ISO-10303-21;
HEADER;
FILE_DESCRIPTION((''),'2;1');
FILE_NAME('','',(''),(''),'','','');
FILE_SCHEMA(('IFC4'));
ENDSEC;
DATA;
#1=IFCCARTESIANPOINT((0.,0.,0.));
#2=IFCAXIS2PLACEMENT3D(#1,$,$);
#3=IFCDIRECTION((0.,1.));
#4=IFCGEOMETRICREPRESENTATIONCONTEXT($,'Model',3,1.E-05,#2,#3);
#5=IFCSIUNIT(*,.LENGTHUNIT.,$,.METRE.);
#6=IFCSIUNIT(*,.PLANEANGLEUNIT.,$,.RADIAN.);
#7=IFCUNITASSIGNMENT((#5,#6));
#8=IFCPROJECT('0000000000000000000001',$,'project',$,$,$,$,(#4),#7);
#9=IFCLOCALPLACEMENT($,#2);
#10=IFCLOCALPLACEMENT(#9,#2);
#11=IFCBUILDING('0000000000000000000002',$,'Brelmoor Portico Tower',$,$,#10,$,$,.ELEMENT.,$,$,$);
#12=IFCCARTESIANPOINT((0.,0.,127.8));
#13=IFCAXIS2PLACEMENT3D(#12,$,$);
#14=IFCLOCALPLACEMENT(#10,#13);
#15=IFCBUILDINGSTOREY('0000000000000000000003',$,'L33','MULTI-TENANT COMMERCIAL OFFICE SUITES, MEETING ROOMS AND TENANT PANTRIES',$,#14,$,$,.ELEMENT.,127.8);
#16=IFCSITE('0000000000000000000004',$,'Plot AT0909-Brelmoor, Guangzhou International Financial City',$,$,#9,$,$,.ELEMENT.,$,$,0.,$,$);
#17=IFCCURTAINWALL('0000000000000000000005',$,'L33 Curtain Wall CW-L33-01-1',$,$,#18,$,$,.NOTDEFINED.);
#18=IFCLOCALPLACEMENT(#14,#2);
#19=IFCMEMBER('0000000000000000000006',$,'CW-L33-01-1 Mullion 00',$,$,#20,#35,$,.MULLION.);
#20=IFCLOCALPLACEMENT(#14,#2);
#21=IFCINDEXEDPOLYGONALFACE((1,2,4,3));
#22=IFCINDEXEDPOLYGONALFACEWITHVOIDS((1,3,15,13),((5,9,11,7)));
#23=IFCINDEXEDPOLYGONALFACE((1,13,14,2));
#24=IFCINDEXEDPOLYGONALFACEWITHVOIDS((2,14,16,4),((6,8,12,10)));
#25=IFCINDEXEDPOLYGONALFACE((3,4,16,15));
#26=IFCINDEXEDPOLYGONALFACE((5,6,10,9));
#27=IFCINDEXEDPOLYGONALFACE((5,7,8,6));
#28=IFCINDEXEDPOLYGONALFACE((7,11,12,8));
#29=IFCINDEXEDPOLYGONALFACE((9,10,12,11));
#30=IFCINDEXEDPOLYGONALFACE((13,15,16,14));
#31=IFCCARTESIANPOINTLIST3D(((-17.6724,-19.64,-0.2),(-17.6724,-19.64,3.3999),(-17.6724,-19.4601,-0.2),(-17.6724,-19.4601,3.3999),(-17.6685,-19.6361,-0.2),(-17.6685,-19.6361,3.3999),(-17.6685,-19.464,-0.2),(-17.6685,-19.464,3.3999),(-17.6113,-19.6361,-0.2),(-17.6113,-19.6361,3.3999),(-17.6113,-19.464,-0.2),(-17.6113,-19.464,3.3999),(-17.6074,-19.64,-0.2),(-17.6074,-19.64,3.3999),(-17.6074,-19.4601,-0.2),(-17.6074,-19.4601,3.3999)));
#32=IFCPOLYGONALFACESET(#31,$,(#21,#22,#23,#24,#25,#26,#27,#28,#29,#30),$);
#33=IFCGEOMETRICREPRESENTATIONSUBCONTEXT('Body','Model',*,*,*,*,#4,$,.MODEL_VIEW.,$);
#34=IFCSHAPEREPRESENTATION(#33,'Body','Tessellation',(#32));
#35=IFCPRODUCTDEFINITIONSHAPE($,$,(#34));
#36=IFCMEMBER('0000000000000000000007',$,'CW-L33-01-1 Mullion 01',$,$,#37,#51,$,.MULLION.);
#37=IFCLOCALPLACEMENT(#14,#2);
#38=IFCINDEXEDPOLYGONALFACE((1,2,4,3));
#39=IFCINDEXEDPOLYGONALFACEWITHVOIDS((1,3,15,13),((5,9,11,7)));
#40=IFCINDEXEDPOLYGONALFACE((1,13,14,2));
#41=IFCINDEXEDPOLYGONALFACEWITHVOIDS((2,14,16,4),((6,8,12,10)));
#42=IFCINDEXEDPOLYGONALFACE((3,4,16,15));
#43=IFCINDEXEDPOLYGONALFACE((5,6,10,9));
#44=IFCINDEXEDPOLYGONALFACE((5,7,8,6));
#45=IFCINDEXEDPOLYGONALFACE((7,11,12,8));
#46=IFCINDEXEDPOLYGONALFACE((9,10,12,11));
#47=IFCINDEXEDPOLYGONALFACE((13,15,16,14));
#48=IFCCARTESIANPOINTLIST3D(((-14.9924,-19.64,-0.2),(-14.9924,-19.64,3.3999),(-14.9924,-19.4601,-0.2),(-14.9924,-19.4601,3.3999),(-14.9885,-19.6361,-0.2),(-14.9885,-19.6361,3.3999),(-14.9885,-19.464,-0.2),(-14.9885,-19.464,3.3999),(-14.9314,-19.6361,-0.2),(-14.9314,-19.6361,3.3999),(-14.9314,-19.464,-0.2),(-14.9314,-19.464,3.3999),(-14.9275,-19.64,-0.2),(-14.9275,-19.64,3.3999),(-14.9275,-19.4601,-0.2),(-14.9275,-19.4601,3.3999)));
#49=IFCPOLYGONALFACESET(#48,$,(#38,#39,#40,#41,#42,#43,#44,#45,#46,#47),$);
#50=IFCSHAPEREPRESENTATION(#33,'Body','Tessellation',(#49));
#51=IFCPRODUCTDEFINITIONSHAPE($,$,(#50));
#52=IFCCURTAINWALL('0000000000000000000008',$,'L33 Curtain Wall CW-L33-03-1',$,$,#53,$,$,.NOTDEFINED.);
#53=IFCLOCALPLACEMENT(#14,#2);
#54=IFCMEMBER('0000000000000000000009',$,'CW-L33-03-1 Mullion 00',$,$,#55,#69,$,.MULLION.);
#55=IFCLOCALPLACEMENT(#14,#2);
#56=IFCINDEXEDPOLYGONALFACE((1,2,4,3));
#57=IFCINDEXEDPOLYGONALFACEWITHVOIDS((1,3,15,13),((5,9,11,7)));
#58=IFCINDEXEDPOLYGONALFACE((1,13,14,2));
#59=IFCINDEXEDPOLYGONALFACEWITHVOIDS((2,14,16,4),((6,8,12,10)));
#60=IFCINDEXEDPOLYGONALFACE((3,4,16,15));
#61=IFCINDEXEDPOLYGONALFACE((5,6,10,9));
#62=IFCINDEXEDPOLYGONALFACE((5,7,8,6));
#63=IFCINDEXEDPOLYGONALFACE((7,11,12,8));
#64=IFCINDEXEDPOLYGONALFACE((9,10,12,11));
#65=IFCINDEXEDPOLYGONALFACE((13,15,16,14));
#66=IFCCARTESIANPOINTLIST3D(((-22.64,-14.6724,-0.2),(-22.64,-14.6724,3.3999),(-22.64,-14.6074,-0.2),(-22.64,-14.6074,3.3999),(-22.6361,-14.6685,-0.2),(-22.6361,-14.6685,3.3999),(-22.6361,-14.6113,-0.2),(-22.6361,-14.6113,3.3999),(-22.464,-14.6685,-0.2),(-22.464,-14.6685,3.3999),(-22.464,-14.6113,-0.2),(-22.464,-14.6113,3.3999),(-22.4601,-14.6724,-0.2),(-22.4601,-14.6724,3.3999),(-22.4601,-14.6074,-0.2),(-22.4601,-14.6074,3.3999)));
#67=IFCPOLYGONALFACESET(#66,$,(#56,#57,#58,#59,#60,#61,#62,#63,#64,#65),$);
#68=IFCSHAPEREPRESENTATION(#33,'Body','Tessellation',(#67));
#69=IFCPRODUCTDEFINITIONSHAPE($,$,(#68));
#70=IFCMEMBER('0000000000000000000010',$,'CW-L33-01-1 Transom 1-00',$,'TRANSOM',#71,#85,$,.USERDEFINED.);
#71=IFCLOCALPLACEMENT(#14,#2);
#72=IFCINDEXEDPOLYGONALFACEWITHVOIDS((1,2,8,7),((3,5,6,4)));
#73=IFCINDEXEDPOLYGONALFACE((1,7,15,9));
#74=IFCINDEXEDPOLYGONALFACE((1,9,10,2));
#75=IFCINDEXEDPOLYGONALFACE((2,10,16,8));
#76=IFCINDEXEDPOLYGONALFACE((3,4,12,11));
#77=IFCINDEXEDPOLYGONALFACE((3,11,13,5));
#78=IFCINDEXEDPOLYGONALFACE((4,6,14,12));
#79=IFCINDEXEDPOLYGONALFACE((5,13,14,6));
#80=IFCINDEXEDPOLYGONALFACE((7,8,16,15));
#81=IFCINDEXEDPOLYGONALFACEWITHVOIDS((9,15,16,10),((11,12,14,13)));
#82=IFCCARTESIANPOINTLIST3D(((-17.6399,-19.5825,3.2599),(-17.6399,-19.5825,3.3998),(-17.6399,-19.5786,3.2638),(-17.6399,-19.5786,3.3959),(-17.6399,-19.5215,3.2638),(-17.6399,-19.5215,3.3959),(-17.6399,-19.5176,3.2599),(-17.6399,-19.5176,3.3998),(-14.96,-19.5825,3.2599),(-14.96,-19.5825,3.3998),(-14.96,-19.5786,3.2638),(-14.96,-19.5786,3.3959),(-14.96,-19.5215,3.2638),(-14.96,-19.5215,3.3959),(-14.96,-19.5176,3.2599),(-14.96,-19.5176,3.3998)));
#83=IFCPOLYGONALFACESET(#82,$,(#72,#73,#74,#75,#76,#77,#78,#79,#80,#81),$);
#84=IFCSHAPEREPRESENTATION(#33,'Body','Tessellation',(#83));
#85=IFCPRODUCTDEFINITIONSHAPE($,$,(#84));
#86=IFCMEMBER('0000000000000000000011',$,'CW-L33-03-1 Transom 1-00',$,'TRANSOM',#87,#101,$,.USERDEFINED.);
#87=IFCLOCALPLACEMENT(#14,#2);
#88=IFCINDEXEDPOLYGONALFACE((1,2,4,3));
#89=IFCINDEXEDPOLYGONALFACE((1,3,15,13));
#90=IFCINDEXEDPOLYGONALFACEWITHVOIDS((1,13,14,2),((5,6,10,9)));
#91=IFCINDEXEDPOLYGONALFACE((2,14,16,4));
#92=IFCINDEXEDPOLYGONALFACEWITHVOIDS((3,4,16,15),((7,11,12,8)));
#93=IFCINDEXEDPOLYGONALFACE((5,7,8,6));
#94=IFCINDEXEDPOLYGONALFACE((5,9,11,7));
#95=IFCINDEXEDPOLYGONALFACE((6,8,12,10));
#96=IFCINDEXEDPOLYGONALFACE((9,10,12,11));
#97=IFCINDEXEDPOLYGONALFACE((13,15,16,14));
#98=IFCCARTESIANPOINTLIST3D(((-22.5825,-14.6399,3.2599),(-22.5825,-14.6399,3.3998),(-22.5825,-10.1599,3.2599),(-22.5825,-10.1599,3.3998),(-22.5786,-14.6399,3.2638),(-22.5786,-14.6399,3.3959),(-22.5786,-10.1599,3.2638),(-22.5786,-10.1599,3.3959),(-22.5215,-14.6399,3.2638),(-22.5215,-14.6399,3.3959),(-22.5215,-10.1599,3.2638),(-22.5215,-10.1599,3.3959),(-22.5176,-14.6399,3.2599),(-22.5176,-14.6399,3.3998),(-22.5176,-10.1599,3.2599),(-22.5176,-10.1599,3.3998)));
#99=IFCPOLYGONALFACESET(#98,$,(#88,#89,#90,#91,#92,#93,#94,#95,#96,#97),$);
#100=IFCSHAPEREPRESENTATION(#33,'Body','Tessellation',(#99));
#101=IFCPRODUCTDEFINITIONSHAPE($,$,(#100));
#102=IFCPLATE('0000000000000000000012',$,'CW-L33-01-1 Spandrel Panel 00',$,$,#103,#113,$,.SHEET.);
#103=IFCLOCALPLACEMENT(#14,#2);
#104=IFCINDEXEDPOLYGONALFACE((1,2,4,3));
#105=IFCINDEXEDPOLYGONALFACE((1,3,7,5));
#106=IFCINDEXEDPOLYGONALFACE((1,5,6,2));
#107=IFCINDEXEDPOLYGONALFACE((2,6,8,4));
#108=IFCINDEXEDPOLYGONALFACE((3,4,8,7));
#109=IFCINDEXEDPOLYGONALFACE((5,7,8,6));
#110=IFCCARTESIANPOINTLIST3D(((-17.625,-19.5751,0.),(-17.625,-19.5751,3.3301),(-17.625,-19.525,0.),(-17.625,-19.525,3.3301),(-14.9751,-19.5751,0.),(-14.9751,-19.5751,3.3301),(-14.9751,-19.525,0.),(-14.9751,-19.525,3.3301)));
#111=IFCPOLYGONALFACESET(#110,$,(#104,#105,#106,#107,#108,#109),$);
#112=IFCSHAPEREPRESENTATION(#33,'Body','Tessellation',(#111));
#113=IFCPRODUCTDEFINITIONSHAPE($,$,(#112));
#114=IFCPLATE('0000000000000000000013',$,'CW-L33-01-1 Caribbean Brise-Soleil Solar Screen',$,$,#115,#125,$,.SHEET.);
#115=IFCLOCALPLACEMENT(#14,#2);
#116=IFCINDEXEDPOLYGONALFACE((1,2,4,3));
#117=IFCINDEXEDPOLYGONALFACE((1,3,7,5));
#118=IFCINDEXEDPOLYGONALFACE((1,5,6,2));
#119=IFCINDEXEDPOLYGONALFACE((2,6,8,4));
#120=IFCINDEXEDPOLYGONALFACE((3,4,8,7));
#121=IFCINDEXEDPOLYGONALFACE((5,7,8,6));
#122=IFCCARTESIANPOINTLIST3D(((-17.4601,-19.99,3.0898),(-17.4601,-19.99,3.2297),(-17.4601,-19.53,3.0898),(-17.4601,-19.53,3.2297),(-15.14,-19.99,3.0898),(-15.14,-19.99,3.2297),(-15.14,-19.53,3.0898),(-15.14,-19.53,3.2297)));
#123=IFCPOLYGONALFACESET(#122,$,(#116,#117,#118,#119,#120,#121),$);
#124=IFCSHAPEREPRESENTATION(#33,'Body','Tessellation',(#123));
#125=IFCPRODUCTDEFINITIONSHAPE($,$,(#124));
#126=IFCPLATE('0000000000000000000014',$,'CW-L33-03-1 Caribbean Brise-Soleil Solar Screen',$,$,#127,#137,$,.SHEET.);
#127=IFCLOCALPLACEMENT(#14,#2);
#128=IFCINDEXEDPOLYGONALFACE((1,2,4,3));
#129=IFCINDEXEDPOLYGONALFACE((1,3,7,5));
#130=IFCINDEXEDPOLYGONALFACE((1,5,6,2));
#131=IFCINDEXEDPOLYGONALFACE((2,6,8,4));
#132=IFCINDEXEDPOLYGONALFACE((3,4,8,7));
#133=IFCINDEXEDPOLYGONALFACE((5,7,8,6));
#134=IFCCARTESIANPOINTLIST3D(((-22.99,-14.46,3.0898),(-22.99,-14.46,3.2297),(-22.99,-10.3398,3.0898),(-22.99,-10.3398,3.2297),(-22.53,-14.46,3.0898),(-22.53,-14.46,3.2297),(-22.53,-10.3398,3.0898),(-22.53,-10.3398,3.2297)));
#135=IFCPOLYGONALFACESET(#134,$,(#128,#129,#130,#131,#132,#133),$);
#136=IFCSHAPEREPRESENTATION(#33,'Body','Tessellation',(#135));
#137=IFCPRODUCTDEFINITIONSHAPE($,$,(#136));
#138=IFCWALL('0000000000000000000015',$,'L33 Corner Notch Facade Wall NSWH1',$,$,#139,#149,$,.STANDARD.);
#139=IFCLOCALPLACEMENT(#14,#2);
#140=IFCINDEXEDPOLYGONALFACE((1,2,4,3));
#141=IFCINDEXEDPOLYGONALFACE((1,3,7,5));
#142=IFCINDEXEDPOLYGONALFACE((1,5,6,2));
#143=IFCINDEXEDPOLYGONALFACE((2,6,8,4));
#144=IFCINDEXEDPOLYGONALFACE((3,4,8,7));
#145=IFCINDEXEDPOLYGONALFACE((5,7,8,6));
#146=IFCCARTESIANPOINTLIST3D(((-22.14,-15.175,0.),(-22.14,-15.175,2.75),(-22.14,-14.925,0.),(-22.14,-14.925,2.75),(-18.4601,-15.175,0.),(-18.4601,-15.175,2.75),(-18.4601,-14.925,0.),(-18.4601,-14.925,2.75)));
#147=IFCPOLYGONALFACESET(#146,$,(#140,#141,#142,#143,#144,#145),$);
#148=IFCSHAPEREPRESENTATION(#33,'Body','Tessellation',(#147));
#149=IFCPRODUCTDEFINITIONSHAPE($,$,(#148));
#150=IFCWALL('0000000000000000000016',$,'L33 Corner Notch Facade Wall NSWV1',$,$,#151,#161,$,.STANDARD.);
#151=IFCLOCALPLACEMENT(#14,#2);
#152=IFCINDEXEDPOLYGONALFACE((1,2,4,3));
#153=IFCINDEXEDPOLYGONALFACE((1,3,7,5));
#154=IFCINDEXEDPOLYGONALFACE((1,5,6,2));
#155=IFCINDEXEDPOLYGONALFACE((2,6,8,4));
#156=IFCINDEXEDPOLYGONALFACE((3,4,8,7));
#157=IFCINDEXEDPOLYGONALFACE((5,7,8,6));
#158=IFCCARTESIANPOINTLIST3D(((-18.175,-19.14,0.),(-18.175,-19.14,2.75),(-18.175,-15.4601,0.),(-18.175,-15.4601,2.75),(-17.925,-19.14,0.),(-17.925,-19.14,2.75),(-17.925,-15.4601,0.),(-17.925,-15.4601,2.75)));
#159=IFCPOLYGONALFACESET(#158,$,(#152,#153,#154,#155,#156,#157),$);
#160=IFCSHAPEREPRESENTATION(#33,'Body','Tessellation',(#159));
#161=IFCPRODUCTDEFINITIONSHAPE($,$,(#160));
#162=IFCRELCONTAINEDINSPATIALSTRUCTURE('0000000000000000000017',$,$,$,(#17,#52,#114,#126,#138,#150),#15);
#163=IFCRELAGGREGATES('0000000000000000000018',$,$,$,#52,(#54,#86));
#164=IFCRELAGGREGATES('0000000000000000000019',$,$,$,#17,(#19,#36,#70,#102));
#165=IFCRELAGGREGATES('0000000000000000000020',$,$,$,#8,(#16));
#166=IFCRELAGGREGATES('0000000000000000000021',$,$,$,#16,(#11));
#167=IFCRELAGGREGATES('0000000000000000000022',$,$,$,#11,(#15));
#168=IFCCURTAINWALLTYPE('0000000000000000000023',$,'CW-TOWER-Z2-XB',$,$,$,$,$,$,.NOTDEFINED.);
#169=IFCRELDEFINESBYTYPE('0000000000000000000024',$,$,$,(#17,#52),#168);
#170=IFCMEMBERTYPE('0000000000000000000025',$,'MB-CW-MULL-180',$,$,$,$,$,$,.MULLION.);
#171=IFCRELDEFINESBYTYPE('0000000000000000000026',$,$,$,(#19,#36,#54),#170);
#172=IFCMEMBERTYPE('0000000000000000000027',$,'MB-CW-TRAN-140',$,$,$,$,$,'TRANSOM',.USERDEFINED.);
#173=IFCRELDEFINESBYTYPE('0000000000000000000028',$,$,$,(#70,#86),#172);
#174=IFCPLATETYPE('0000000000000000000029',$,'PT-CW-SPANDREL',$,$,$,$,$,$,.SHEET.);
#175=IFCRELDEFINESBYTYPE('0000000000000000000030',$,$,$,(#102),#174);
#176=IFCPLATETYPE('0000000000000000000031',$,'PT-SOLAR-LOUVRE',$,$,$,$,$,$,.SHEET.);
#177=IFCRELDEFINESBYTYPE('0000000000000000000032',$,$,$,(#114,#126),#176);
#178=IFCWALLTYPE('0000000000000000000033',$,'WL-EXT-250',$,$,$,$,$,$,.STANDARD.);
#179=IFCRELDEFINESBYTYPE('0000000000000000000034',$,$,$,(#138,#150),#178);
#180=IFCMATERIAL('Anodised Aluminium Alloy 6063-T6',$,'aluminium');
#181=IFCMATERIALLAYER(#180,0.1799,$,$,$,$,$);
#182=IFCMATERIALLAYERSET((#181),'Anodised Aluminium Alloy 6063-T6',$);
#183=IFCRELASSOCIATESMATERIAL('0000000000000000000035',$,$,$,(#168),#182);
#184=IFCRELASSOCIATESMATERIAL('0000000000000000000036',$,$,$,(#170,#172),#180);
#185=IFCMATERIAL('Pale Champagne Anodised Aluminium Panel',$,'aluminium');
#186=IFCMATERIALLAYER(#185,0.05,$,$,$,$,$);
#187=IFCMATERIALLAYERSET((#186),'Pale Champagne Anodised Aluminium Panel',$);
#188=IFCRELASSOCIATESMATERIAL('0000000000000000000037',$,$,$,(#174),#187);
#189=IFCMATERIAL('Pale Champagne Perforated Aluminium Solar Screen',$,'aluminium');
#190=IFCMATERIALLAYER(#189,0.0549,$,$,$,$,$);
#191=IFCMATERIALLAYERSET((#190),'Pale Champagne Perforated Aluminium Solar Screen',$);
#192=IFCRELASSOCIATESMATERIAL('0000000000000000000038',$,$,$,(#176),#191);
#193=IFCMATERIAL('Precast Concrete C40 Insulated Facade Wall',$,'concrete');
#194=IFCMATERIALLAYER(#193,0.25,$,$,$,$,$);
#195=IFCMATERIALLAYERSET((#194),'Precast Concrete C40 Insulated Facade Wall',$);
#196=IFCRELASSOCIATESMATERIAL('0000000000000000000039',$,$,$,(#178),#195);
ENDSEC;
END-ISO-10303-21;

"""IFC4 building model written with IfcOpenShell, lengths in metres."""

from ifc_helpers import new_model, si_unit, direction, frame, frame_2d, origin, origin_2d, place, context, subcontext, project, spatial, rectangle, hollow_rectangle, extrude, material, layer, layer_set, material_profile, profile_set, type_object, element, aggregate, save


model = new_model("IFC4")

# Units and contexts
model_context = context("Model", 3, precision=1e-05, world=origin(), true_north=direction((0.0, 1.0)))
body_context = subcontext(model_context, "Body", "Model", "MODEL_VIEW")
ifc_project = project(units=[si_unit("LENGTHUNIT", "METRE"), si_unit("PLANEANGLEUNIT", "RADIAN")], contexts=[model_context])

# Site, building, storey
site_placement = place(None, origin())
site = spatial("IfcSite", under=ifc_project, at=site_placement, Name="Plot AT0909-Brelmoor, Guangzhou International Financial City", CompositionType="ELEMENT", RefElevation=0.0)
building_placement = place(site_placement, origin())
building = spatial("IfcBuilding", under=site, at=building_placement, Name="Brelmoor Portico Tower", CompositionType="ELEMENT")
storey_placement = place(building_placement, frame((0.0, 0.0, 127.8)))
storey = spatial("IfcBuildingStorey", under=building, at=storey_placement, Name="L33", Description="MULTI-TENANT COMMERCIAL OFFICE SUITES, MEETING ROOMS AND TENANT PANTRIES", CompositionType="ELEMENT", Elevation=127.8)

# Curtain wall, members
ifc_material_1 = material(Name="Anodised Aluminium Alloy 6063-T6", Category="aluminium")
ifc_layer_1 = layer(ifc_material_1, 0.1799)
ifc_layer_set_1 = layer_set([ifc_layer_1], Name="Anodised Aluminium Alloy 6063-T6")
curtain_wall_type = type_object("IfcCurtainWallType", Name="CW-TOWER-Z2-XB", PredefinedType="NOTDEFINED", material=ifc_layer_set_1)
curtain_wall_1_placement = place(storey_placement, origin())
curtain_wall_1 = element("IfcCurtainWall", 1, at=curtain_wall_1_placement, inside=storey, type_object=curtain_wall_type, Name="L33 Curtain Wall CW-L33-01-1", PredefinedType="NOTDEFINED")
ifc_material_profile_1 = material_profile(ifc_material_1, hollow_rectangle(XDim=0.0649, YDim=0.1799, WallThickness=0.0039, at=origin_2d()), Name="ALU MULLION 65x180")
ifc_profile_set_1 = profile_set([ifc_material_profile_1], Name="Anodised Aluminium Alloy 6063-T6")
member_type_1 = type_object("IfcMemberType", Name="MB-CW-MULL-180", PredefinedType="MULLION", material=ifc_profile_set_1)
member_1_placement = place(storey_placement, frame((-17.6399, -19.55, -0.2), z_axis=(0.0, 0.0, 1.0), x_axis=(1.0, 0.0, 0.0)))
member_1 = element("IfcMember", 2, at=member_1_placement, type_object=member_type_1, Name="CW-L33-01-1 Mullion 00", PredefinedType="MULLION", context=body_context, shape_type="SweptSolid", body=[
    extrude(hollow_rectangle(XDim=0.0649, YDim=0.1799, WallThickness=0.0039, at=origin_2d()), origin(), (0.0, 0.0, 1.0), 3.5999),
])
member_2_placement = place(storey_placement, frame((-14.96, -19.55, -0.2), z_axis=(0.0, 0.0, 1.0), x_axis=(1.0, 0.0, 0.0)))
member_2 = element("IfcMember", 3, at=member_2_placement, type_object=member_type_1, Name="CW-L33-01-1 Mullion 01", PredefinedType="MULLION", context=body_context, shape_type="SweptSolid", body=[
    extrude(hollow_rectangle(XDim=0.0649, YDim=0.1799, WallThickness=0.0039, at=origin_2d()), origin(), (0.0, 0.0, 1.0), 3.5999),
])

# Curtain wall, member
curtain_wall_2_placement = place(storey_placement, origin())
curtain_wall_2 = element("IfcCurtainWall", 4, at=curtain_wall_2_placement, inside=storey, type_object=curtain_wall_type, Name="L33 Curtain Wall CW-L33-03-1", PredefinedType="NOTDEFINED")
member_3_placement = place(storey_placement, frame((-22.55, -14.6399, -0.2), z_axis=(0.0, 0.0, 1.0), x_axis=(0.0, 1.0, 0.0)))
member_3 = element("IfcMember", 5, at=member_3_placement, type_object=member_type_1, Name="CW-L33-03-1 Mullion 00", PredefinedType="MULLION", context=body_context, shape_type="SweptSolid", body=[
    extrude(hollow_rectangle(XDim=0.0649, YDim=0.1799, WallThickness=0.0039, at=origin_2d()), origin(), (0.0, 0.0, 1.0), 3.5999),
])

# Members
ifc_material_profile_2 = material_profile(ifc_material_1, hollow_rectangle(XDim=0.0649, YDim=0.1399, WallThickness=0.0039, at=origin_2d()), Name="ALU TRANSOM 65x140")
ifc_profile_set_2 = profile_set([ifc_material_profile_2], Name="Anodised Aluminium Alloy 6063-T6")
member_type_2 = type_object("IfcMemberType", Name="MB-CW-TRAN-140", ElementType="TRANSOM", PredefinedType="USERDEFINED", material=ifc_profile_set_2)
member_4_placement = place(storey_placement, frame((-17.6399, -19.55, 3.3298), z_axis=(1.0, 0.0, 0.0), x_axis=(0.0, 1.0, 0.0)))
member_4 = element("IfcMember", 6, at=member_4_placement, type_object=member_type_2, Name="CW-L33-01-1 Transom 1-00", ObjectType="TRANSOM", PredefinedType="USERDEFINED", context=body_context, shape_type="SweptSolid", body=[
    extrude(hollow_rectangle(XDim=0.0649, YDim=0.1399, WallThickness=0.0039, at=origin_2d()), origin(), (0.0, 0.0, 1.0), 2.6799),
])
member_5_placement = place(storey_placement, frame((-22.55, -14.6399, 3.3298), z_axis=(0.0, 1.0, 0.0), x_axis=(-1.0, 0.0, 0.0)))
member_5 = element("IfcMember", 7, at=member_5_placement, type_object=member_type_2, Name="CW-L33-03-1 Transom 1-00", ObjectType="TRANSOM", PredefinedType="USERDEFINED", context=body_context, shape_type="SweptSolid", body=[
    extrude(hollow_rectangle(XDim=0.0649, YDim=0.1399, WallThickness=0.0039, at=origin_2d()), origin(), (0.0, 0.0, 1.0), 4.48),
])
aggregate(curtain_wall_2, [member_3, member_5])

# Plate
ifc_material_2 = material(Name="Pale Champagne Anodised Aluminium Panel", Category="aluminium")
ifc_layer_2 = layer(ifc_material_2, 0.05)
ifc_layer_set_2 = layer_set([ifc_layer_2], Name="Pale Champagne Anodised Aluminium Panel")
plate_type_1 = type_object("IfcPlateType", Name="PT-CW-SPANDREL", PredefinedType="SHEET", material=ifc_layer_set_2)
plate_1_placement = place(storey_placement, frame((-16.3, -19.55, 0.0), z_axis=(0.0, 0.0, 1.0), x_axis=(1.0, 0.0, 0.0)))
plate_1 = element("IfcPlate", 8, at=plate_1_placement, type_object=plate_type_1, Name="CW-L33-01-1 Spandrel Panel 00", PredefinedType="SHEET", context=body_context, shape_type="SweptSolid", body=[
    extrude(rectangle(XDim=2.6499, YDim=0.05, at=origin_2d()), origin(), (0.0, 0.0, 1.0), 3.3301),
])
aggregate(curtain_wall_1, [member_1, member_2, member_4, plate_1])

# Plates
ifc_material_3 = material(Name="Pale Champagne Perforated Aluminium Solar Screen", Category="aluminium")
ifc_layer_3 = layer(ifc_material_3, 0.0549)
ifc_layer_set_3 = layer_set([ifc_layer_3], Name="Pale Champagne Perforated Aluminium Solar Screen")
plate_type_2 = type_object("IfcPlateType", Name="PT-SOLAR-LOUVRE", PredefinedType="SHEET", material=ifc_layer_set_3)
plate_2_placement = place(storey_placement, frame((-16.3, -19.76, 3.0898), z_axis=(0.0, 0.0, 1.0), x_axis=(1.0, 0.0, 0.0)))
element("IfcPlate", 9, at=plate_2_placement, inside=storey, type_object=plate_type_2, Name="CW-L33-01-1 Caribbean Brise-Soleil Solar Screen", PredefinedType="SHEET", context=body_context, shape_type="SweptSolid", body=[
    extrude(rectangle(XDim=2.3201, YDim=0.46, at=origin_2d()), origin(), (0.0, 0.0, 1.0), 0.1399),
])
plate_3_placement = place(storey_placement, frame((-22.76, -12.3999, 3.0898), z_axis=(0.0, 0.0, 1.0), x_axis=(0.0, 1.0, 0.0)))
element("IfcPlate", 10, at=plate_3_placement, inside=storey, type_object=plate_type_2, Name="CW-L33-03-1 Caribbean Brise-Soleil Solar Screen", PredefinedType="SHEET", context=body_context, shape_type="SweptSolid", body=[
    extrude(rectangle(XDim=4.1201, YDim=0.46, at=origin_2d()), origin(), (0.0, 0.0, 1.0), 0.1399),
])

# Walls
ifc_material_4 = material(Name="Precast Concrete C40 Insulated Facade Wall", Category="concrete")
ifc_layer_4 = layer(ifc_material_4, 0.25)
ifc_layer_set_4 = layer_set([ifc_layer_4], Name="Precast Concrete C40 Insulated Facade Wall")
wall_type_1 = type_object("IfcWallType", Name="WL-EXT-250", PredefinedType="STANDARD", material=ifc_layer_set_4)
for number, where, z_axis, x_axis, name in (
    (11, (-22.1399, -15.05, 0.0), (0.0, 0.0, 1.0), (1.0, 0.0, 0.0), "L33 Corner Notch Facade Wall NSWH1"),
    (12, (-18.05, -19.1399, 0.0), (0.0, 0.0, 1.0), (0.0, 1.0, 0.0), "L33 Corner Notch Facade Wall NSWV1"),
):
    element("IfcWall", number, at=place(storey_placement, frame(where, z_axis=z_axis, x_axis=x_axis)), inside=storey, type_object=wall_type_1, Name=name, PredefinedType="STANDARD", context=body_context, shape_type="SweptSolid", body=[
        extrude(rectangle(XDim=3.6799, YDim=0.25, at=frame_2d((1.8398, 0.0))), origin(), (0.0, 0.0, 1.0), 2.75),
    ])

save(model, "model.ifc")
